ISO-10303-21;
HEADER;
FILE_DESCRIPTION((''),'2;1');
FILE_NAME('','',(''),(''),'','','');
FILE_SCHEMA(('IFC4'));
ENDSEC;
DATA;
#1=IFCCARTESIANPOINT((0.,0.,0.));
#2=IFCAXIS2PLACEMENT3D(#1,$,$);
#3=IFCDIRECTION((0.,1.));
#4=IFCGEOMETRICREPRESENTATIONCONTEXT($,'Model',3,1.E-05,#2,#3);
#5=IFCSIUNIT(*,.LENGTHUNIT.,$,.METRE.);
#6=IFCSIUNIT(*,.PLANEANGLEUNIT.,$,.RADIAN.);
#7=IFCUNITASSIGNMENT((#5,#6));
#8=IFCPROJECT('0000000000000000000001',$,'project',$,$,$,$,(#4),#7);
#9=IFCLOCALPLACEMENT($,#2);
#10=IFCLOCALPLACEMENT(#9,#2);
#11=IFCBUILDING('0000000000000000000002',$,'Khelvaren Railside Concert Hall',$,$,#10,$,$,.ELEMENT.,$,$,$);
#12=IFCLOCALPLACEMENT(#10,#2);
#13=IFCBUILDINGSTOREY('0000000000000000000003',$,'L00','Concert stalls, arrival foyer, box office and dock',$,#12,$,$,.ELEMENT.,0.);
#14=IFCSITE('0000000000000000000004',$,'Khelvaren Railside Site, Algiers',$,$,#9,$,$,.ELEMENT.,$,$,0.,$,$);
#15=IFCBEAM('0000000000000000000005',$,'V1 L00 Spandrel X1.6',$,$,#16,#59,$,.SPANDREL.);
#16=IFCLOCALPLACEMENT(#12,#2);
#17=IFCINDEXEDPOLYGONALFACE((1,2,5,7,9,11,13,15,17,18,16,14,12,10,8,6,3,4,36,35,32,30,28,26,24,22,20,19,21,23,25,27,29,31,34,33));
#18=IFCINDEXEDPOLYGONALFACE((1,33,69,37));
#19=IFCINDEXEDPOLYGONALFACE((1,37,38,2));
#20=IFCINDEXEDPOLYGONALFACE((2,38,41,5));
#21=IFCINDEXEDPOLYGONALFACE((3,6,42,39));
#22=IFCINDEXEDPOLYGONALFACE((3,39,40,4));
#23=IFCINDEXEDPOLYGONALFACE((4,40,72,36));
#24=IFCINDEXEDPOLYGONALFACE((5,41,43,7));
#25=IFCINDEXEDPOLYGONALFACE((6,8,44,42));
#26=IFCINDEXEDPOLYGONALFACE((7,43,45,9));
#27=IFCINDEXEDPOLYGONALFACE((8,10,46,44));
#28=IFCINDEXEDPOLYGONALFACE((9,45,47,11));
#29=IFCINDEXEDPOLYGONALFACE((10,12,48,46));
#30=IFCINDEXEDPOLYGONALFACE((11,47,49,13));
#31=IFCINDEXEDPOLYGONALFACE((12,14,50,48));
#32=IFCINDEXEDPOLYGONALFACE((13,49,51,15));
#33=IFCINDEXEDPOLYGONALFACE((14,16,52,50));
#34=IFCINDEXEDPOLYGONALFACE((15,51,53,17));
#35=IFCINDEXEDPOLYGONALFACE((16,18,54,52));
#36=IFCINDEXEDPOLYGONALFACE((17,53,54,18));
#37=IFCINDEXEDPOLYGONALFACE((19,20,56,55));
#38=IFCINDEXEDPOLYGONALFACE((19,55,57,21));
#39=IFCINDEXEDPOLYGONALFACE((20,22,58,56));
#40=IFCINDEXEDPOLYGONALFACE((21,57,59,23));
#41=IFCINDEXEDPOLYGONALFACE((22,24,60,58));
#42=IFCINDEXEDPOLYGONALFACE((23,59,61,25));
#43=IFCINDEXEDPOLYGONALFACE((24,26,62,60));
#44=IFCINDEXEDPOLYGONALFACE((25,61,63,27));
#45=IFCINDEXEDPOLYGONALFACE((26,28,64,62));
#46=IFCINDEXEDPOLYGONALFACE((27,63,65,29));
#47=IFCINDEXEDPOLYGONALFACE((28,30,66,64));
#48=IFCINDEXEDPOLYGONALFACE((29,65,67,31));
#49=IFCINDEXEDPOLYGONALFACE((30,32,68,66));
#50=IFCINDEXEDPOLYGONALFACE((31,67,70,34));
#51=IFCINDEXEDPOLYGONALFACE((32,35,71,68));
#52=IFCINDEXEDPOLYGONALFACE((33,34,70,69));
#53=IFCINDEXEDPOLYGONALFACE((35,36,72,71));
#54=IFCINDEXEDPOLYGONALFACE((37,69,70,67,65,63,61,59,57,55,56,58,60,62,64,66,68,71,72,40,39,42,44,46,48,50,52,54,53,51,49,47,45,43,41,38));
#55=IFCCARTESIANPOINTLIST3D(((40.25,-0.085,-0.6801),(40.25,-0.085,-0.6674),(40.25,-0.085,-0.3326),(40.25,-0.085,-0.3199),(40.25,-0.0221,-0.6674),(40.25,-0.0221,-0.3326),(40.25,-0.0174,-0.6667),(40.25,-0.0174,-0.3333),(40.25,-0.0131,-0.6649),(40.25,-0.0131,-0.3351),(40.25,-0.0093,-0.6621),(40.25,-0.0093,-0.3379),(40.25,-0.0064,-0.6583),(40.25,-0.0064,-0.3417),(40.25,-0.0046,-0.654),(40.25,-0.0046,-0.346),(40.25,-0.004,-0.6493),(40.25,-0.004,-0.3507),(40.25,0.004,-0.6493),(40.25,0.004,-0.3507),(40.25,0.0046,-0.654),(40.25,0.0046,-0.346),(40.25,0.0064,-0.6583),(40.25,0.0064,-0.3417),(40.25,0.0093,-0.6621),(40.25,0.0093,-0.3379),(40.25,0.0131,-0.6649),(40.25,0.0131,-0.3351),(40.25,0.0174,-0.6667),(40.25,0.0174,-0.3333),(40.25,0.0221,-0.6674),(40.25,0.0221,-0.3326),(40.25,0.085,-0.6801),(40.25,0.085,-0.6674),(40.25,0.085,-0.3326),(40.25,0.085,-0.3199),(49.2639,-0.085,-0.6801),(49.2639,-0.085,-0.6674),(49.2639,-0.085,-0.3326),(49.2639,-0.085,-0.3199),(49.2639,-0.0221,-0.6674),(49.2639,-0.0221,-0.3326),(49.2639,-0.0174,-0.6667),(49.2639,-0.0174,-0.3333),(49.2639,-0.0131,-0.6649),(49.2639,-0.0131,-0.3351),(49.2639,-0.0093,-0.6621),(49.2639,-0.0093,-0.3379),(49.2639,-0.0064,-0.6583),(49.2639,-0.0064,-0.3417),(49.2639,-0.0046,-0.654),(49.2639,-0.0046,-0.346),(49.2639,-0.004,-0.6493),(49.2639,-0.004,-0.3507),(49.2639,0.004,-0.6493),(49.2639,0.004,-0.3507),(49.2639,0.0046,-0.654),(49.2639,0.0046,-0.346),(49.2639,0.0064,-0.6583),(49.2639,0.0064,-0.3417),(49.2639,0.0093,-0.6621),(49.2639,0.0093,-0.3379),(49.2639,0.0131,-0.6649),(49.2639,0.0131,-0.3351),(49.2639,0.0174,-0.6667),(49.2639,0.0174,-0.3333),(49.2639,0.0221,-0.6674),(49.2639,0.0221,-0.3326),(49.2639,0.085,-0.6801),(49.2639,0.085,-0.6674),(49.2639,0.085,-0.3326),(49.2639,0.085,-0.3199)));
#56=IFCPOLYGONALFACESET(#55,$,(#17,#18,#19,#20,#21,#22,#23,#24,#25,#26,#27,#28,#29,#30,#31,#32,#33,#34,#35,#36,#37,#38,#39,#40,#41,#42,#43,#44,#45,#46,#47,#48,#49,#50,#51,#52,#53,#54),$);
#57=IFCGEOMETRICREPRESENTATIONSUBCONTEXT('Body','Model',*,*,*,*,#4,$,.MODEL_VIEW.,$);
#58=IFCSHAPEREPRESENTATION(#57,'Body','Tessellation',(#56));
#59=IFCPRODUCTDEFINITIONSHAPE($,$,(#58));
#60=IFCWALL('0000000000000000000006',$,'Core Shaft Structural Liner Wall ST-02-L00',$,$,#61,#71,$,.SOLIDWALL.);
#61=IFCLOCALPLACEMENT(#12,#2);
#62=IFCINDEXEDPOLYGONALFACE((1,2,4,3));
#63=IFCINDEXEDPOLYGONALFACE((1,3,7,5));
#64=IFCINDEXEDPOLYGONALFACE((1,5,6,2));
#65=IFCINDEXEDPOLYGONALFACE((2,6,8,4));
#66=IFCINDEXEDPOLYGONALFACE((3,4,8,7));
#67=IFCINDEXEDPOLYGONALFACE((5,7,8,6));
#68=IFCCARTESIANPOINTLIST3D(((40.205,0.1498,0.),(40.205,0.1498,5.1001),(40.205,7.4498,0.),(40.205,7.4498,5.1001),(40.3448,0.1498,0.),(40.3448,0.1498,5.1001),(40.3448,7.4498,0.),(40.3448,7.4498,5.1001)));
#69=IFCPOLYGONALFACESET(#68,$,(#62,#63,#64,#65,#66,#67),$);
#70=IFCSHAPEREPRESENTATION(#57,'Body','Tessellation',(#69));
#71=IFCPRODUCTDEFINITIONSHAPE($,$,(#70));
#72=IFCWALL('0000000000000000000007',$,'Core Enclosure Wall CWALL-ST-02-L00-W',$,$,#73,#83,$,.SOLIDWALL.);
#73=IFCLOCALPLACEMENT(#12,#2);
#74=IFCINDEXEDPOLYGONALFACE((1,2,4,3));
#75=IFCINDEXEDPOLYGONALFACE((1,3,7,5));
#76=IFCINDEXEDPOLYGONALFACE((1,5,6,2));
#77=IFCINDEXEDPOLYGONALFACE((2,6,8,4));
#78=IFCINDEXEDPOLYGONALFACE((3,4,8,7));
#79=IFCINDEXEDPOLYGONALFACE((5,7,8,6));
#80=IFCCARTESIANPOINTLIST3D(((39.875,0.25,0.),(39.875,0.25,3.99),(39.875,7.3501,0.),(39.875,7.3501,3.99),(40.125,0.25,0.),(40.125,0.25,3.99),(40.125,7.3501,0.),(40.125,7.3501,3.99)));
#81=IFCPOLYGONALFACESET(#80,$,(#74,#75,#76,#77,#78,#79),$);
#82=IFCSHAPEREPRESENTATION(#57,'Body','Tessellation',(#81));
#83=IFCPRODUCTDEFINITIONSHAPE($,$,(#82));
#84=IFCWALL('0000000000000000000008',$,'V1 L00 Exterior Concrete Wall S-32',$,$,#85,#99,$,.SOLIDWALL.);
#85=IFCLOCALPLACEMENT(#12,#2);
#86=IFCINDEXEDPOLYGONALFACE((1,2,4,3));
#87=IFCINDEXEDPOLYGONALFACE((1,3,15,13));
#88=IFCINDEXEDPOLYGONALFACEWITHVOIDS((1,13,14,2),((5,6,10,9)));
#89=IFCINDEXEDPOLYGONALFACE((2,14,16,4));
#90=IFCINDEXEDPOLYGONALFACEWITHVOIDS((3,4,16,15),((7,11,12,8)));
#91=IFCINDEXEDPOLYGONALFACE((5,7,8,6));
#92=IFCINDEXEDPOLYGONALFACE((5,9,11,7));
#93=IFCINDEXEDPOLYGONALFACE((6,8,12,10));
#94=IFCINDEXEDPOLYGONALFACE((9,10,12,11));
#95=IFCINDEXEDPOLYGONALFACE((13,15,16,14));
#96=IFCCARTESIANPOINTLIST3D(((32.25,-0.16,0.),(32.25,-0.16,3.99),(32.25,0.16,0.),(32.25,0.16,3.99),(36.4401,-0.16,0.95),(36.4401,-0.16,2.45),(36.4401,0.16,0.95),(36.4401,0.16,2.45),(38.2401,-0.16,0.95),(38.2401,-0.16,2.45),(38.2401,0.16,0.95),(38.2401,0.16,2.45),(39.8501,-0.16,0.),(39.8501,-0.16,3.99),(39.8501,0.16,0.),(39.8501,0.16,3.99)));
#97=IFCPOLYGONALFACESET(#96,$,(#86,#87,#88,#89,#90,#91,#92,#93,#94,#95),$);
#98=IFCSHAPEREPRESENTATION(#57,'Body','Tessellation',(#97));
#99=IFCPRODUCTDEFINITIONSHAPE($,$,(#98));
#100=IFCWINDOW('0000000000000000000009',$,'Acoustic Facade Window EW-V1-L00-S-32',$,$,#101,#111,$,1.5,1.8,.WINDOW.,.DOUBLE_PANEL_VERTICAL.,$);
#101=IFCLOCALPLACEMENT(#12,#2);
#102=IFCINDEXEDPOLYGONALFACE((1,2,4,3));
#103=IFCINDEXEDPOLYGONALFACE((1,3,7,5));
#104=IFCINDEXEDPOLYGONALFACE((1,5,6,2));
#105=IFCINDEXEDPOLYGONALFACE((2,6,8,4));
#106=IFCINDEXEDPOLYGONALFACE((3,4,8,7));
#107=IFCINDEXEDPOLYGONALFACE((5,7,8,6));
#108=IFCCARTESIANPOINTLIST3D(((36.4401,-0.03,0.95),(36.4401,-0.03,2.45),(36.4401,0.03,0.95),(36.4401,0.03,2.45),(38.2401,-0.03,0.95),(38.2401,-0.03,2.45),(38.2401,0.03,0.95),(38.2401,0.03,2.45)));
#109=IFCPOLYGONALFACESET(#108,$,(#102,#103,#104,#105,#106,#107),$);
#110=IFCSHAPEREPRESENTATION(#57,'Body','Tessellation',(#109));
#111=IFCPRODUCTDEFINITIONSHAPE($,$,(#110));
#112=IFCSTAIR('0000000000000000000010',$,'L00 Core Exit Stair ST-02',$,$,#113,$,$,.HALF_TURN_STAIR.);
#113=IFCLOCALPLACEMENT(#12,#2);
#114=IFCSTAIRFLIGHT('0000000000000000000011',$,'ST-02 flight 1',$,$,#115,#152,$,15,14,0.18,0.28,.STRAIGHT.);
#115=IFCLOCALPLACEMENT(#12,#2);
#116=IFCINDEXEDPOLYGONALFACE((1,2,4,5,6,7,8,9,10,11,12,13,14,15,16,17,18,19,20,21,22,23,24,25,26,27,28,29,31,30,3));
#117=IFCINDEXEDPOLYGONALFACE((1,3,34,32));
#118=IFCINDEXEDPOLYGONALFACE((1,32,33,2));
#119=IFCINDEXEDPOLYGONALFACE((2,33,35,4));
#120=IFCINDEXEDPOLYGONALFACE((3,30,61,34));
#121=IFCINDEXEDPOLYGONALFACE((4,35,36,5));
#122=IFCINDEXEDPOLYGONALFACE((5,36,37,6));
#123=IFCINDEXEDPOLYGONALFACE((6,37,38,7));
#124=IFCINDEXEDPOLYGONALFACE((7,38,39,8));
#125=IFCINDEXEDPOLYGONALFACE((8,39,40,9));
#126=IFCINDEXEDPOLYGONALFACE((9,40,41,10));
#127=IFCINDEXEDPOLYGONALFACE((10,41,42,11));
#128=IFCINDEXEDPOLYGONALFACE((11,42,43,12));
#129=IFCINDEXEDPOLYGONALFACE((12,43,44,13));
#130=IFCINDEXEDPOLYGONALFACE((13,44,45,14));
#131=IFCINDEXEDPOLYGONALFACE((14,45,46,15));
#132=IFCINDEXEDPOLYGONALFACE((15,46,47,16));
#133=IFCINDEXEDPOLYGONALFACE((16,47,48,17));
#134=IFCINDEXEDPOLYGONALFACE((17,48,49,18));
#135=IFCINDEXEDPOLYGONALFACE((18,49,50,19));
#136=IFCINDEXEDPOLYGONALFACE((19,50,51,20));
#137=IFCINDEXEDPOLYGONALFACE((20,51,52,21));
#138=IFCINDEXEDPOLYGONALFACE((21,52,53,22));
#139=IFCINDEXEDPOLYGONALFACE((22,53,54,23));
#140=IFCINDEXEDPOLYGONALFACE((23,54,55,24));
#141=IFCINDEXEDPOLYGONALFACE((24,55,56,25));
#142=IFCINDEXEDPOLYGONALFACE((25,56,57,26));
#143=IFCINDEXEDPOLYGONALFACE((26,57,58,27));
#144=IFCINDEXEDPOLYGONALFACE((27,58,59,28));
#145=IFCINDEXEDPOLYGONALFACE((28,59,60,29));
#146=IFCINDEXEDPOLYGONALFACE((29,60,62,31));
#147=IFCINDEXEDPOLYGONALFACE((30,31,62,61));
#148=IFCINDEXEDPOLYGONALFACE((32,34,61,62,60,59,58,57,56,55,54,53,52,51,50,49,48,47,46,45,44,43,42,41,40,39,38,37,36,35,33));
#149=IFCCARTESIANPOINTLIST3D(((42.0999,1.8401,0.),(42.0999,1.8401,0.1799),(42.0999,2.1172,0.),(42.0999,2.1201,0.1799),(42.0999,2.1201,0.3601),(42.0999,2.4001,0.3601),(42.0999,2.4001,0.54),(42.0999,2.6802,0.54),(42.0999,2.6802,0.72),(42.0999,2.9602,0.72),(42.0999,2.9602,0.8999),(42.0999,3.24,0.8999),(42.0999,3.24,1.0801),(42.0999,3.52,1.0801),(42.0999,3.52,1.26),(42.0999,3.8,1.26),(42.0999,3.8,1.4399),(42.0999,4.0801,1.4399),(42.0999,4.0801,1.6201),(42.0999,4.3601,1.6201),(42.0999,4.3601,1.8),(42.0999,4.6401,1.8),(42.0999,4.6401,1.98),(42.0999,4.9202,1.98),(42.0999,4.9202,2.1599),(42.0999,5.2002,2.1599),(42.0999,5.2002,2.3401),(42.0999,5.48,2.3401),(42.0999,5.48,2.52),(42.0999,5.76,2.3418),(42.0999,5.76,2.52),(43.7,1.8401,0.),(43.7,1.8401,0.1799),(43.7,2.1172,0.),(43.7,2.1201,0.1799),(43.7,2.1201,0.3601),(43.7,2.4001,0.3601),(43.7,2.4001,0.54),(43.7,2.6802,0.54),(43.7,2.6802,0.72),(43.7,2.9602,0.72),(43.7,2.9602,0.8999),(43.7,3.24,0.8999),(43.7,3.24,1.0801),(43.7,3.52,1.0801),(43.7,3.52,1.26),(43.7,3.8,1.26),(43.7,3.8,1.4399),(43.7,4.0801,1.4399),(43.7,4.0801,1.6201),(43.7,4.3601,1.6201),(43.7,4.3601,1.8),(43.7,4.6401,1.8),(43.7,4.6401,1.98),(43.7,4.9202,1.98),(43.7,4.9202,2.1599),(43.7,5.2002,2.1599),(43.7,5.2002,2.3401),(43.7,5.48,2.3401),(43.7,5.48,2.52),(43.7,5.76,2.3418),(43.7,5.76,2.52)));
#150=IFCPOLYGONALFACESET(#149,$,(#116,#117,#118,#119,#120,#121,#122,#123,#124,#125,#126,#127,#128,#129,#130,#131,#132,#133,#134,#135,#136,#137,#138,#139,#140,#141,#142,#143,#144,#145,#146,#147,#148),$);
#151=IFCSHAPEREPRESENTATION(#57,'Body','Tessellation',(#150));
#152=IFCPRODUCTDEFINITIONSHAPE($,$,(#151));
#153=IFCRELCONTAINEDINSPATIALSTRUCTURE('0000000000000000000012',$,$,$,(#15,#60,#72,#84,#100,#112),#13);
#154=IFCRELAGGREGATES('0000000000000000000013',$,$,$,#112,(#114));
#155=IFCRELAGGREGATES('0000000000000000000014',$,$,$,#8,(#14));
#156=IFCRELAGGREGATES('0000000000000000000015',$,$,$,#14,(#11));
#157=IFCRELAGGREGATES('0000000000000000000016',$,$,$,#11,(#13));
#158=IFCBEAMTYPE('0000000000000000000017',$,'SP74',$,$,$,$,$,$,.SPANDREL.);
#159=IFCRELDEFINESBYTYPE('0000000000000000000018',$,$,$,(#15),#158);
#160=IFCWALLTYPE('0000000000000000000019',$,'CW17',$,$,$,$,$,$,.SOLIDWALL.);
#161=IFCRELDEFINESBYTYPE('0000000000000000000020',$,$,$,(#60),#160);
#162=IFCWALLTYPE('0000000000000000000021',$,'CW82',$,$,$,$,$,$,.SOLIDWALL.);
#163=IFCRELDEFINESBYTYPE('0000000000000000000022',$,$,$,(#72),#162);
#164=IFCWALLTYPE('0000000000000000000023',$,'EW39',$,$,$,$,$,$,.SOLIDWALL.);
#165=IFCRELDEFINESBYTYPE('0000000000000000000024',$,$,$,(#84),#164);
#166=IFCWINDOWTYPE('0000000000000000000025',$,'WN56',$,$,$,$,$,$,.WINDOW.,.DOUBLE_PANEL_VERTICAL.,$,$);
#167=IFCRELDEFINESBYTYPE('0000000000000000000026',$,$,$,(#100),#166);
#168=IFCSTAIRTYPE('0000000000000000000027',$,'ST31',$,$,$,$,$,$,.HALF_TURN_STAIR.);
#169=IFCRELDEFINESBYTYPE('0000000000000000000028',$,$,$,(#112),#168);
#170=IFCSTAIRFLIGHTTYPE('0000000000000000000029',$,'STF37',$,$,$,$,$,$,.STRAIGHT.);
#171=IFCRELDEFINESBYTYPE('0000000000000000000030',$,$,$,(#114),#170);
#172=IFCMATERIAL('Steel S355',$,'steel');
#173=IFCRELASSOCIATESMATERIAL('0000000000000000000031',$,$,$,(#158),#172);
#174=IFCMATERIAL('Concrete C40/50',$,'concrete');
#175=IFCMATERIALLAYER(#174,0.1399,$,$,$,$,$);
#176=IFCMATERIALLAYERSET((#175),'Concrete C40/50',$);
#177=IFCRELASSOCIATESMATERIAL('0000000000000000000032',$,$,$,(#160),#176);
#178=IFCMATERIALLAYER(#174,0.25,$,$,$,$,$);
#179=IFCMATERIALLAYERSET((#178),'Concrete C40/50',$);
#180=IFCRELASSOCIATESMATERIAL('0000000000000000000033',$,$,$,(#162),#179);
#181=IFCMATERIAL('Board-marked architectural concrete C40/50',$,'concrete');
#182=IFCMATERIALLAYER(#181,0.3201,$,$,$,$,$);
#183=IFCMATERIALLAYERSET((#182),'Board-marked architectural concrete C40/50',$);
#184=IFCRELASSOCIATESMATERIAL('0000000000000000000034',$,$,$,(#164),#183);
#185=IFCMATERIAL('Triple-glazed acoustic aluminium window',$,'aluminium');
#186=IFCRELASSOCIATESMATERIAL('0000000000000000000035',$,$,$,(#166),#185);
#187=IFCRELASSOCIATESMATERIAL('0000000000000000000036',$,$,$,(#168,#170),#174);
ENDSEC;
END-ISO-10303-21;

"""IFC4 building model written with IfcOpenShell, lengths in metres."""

from ifc_helpers import new_model, si_unit, direction, frame, frame_2d, origin, origin_2d, place, context, subcontext, project, spatial, polyline, rectangle, i_section, outline, extrude, material, layer, layer_set, material_profile, profile_set, type_object, element, fill, aggregate, save


model = new_model("IFC4")

# Units and contexts
model_context = context("Model", 3, precision=1e-05, world=origin(), true_north=direction((0.0, 1.0)))
body_context = subcontext(model_context, "Body", "Model", "MODEL_VIEW")
ifc_project = project(units=[si_unit("LENGTHUNIT", "METRE"), si_unit("PLANEANGLEUNIT", "RADIAN")], contexts=[model_context])

# Site, building, storey
site_placement = place(None, origin())
site = spatial("IfcSite", under=ifc_project, at=site_placement, Name="Khelvaren Railside Site, Algiers", CompositionType="ELEMENT", RefElevation=0.0)
building_placement = place(site_placement, origin())
building = spatial("IfcBuilding", under=site, at=building_placement, Name="Khelvaren Railside Concert Hall", CompositionType="ELEMENT")
storey_placement = place(building_placement, origin())
storey = spatial("IfcBuildingStorey", under=building, at=storey_placement, Name="L00", Description="Concert stalls, arrival foyer, box office and dock", CompositionType="ELEMENT", Elevation=0.0)

# Shared definitions
ifc_material_1 = material(Name="Steel S355", Category="steel")

# Beam
ifc_material_2 = material(Name="Concrete C40/50", Category="concrete")
ifc_material_profile_1 = material_profile(ifc_material_1, i_section(OverallWidth=0.1699, OverallDepth=0.3601, WebThickness=0.0081, FlangeThickness=0.0127, FilletRadius=0.0181, at=origin_2d()), Name="IPE 360")
ifc_profile_set_1 = profile_set([ifc_material_profile_1], Name="Steel S355")
beam_type_1 = type_object("IfcBeamType", Name="SP74", PredefinedType="SPANDREL", material=ifc_profile_set_1)
beam_1_placement = place(storey_placement, frame((40.25, 0.0, -0.5), z_axis=(1.0, 0.0, 0.0), x_axis=(0.0, 1.0, 0.0)))
element("IfcBeam", 1, at=beam_1_placement, inside=storey, type_object=beam_type_1, Name="V1 L00 Spandrel X1.6", PredefinedType="SPANDREL", context=body_context, shape_type="SweptSolid", body=[
    extrude(i_section(OverallWidth=0.1699, OverallDepth=0.3601, WebThickness=0.0081, FlangeThickness=0.0127, FilletRadius=0.0181, at=origin_2d()), origin(), (0.0, 0.0, 1.0), 9.0139),
])

# Walls
ifc_layer_1 = layer(ifc_material_2, 0.1399)
ifc_layer_set_1 = layer_set([ifc_layer_1], Name="Concrete C40/50")
wall_type_1 = type_object("IfcWallType", Name="CW17", PredefinedType="SOLIDWALL", material=ifc_layer_set_1)
wall_1_placement = place(storey_placement, frame((40.2749, 0.1499, 0.0), z_axis=(0.0, 0.0, 1.0), x_axis=(0.0, 1.0, 0.0)))
element("IfcWall", 2, at=wall_1_placement, inside=storey, type_object=wall_type_1, Name="Core Shaft Structural Liner Wall ST-02-L00", PredefinedType="SOLIDWALL", context=body_context, shape_type="SweptSolid", body=[
    extrude(rectangle(XDim=7.3, YDim=0.1399, at=frame_2d((3.6499, 0.0))), origin(), (0.0, 0.0, 1.0), 5.1001),
])
ifc_layer_2 = layer(ifc_material_2, 0.25)
ifc_layer_set_2 = layer_set([ifc_layer_2], Name="Concrete C40/50")
wall_type_2 = type_object("IfcWallType", Name="CW82", PredefinedType="SOLIDWALL", material=ifc_layer_set_2)
wall_2_placement = place(storey_placement, frame((40.0, 0.25, 0.0), z_axis=(0.0, 0.0, 1.0), x_axis=(0.0, 1.0, 0.0)))
element("IfcWall", 3, at=wall_2_placement, inside=storey, type_object=wall_type_2, Name="Core Enclosure Wall CWALL-ST-02-L00-W", PredefinedType="SOLIDWALL", context=body_context, shape_type="SweptSolid", body=[
    extrude(rectangle(XDim=7.1001, YDim=0.25, at=frame_2d((3.55, 0.0))), origin(), (0.0, 0.0, 1.0), 3.99),
])

# Wall, opening, window
ifc_material_3 = material(Name="Board-marked architectural concrete C40/50", Category="concrete")
ifc_layer_3 = layer(ifc_material_3, 0.3201)
ifc_layer_set_3 = layer_set([ifc_layer_3], Name="Board-marked architectural concrete C40/50")
wall_type_3 = type_object("IfcWallType", Name="EW39", PredefinedType="SOLIDWALL", material=ifc_layer_set_3)
wall_3_placement = place(storey_placement, frame((39.8501, 0.0, 0.0), z_axis=(0.0, 0.0, 1.0), x_axis=(-1.0, 0.0, 0.0)))
wall_3 = element("IfcWall", 4, at=wall_3_placement, inside=storey, type_object=wall_type_3, Name="V1 L00 Exterior Concrete Wall S-32", PredefinedType="SOLIDWALL", context=body_context, shape_type="SweptSolid", body=[
    extrude(rectangle(XDim=7.6001, YDim=0.3201, at=frame_2d((3.8, 0.0))), origin(), (0.0, 0.0, 1.0), 3.99),
])
opening_placement = place(wall_3_placement, frame((1.6101, 0.0, 0.95)))
opening = element("IfcOpeningElement", 5, at=opening_placement, cuts=wall_3, PredefinedType="OPENING", context=body_context, shape_type="SweptSolid", body=[
    extrude(rectangle(XDim=1.8, YDim=1.5, at=frame_2d((0.8999, 0.75))), frame((0.0, 0.1699, 0.0), z_axis=(0.0, -1.0, 0.0), x_axis=(1.0, 0.0, 0.0)), (0.0, 0.0, 1.0), 0.3401),
])
ifc_material_4 = material(Name="Triple-glazed acoustic aluminium window", Category="aluminium")
window_type = type_object("IfcWindowType", Name="WN56", PartitioningType="DOUBLE_PANEL_VERTICAL", PredefinedType="WINDOW", material=ifc_material_4)
window_placement = place(opening_placement, origin())
window = element("IfcWindow", 6, at=window_placement, inside=storey, type_object=window_type, Name="Acoustic Facade Window EW-V1-L00-S-32", OverallHeight=1.5, OverallWidth=1.8, PartitioningType="DOUBLE_PANEL_VERTICAL", PredefinedType="WINDOW", context=body_context, shape_type="SweptSolid", body=[
    extrude(rectangle(XDim=1.8, YDim=1.5, at=frame_2d((0.8999, 0.75))), frame((0.0, 0.03, 0.0), z_axis=(0.0, -1.0, 0.0), x_axis=(1.0, 0.0, 0.0)), (0.0, 0.0, 1.0), 0.0601),
])
fill(opening, window)

# Stair, stair flight
stair_type = type_object("IfcStairType", Name="ST31", PredefinedType="HALF_TURN_STAIR", material=ifc_material_2)
stair_placement = place(storey_placement, origin())
stair = element("IfcStair", 7, at=stair_placement, inside=storey, type_object=stair_type, Name="L00 Core Exit Stair ST-02", PredefinedType="HALF_TURN_STAIR")
stair_flight_type = type_object("IfcStairFlightType", Name="STF37", PredefinedType="STRAIGHT", material=ifc_material_2)
stair_flight_placement = place(storey_placement, frame((42.8999, 1.8401, 0.0), z_axis=(0.0, 0.0, 1.0), x_axis=(0.0, 1.0, 0.0)))
stair_flight = element("IfcStairFlight", 8, at=stair_flight_placement, type_object=stair_flight_type, Name="ST-02 flight 1", NumberOfRisers=15, NumberOfTreads=14, PredefinedType="STRAIGHT", RiserHeight=0.18, TreadLength=0.28, context=body_context, shape_type="SweptSolid", body=[
    extrude(outline(polyline([(0.0, 0.0), (0.0, 0.1799), (0.28, 0.1799), (0.28, 0.3601), (0.5601, 0.3601), (0.5601, 0.54), (0.8401, 0.54), (0.8401, 0.72), (1.1201, 0.72), (1.1201, 0.8999), (1.3999, 0.8999), (1.3999, 1.0801), (1.6799, 1.0801), (1.6799, 1.26), (1.96, 1.26), (1.96, 1.4399), (2.24, 1.4399), (2.24, 1.6201), (2.52, 1.6201), (2.52, 1.8), (2.8, 1.8), (2.8, 1.98), (3.0801, 1.98), (3.0801, 2.1599), (3.3601, 2.1599), (3.3601, 2.3401), (3.6399, 2.3401), (3.6399, 2.52), (3.9199, 2.52), (3.9199, 2.7), (3.9199, 2.3418), (0.2771, 0.0), (0.0, 0.0)])), frame((0.0, 0.8, 0.0), z_axis=(0.0, -1.0, 0.0), x_axis=(1.0, 0.0, 0.0)), (0.0, 0.0, 1.0), 1.6001),
])
aggregate(stair, [stair_flight])

save(model, "model.ifc")
